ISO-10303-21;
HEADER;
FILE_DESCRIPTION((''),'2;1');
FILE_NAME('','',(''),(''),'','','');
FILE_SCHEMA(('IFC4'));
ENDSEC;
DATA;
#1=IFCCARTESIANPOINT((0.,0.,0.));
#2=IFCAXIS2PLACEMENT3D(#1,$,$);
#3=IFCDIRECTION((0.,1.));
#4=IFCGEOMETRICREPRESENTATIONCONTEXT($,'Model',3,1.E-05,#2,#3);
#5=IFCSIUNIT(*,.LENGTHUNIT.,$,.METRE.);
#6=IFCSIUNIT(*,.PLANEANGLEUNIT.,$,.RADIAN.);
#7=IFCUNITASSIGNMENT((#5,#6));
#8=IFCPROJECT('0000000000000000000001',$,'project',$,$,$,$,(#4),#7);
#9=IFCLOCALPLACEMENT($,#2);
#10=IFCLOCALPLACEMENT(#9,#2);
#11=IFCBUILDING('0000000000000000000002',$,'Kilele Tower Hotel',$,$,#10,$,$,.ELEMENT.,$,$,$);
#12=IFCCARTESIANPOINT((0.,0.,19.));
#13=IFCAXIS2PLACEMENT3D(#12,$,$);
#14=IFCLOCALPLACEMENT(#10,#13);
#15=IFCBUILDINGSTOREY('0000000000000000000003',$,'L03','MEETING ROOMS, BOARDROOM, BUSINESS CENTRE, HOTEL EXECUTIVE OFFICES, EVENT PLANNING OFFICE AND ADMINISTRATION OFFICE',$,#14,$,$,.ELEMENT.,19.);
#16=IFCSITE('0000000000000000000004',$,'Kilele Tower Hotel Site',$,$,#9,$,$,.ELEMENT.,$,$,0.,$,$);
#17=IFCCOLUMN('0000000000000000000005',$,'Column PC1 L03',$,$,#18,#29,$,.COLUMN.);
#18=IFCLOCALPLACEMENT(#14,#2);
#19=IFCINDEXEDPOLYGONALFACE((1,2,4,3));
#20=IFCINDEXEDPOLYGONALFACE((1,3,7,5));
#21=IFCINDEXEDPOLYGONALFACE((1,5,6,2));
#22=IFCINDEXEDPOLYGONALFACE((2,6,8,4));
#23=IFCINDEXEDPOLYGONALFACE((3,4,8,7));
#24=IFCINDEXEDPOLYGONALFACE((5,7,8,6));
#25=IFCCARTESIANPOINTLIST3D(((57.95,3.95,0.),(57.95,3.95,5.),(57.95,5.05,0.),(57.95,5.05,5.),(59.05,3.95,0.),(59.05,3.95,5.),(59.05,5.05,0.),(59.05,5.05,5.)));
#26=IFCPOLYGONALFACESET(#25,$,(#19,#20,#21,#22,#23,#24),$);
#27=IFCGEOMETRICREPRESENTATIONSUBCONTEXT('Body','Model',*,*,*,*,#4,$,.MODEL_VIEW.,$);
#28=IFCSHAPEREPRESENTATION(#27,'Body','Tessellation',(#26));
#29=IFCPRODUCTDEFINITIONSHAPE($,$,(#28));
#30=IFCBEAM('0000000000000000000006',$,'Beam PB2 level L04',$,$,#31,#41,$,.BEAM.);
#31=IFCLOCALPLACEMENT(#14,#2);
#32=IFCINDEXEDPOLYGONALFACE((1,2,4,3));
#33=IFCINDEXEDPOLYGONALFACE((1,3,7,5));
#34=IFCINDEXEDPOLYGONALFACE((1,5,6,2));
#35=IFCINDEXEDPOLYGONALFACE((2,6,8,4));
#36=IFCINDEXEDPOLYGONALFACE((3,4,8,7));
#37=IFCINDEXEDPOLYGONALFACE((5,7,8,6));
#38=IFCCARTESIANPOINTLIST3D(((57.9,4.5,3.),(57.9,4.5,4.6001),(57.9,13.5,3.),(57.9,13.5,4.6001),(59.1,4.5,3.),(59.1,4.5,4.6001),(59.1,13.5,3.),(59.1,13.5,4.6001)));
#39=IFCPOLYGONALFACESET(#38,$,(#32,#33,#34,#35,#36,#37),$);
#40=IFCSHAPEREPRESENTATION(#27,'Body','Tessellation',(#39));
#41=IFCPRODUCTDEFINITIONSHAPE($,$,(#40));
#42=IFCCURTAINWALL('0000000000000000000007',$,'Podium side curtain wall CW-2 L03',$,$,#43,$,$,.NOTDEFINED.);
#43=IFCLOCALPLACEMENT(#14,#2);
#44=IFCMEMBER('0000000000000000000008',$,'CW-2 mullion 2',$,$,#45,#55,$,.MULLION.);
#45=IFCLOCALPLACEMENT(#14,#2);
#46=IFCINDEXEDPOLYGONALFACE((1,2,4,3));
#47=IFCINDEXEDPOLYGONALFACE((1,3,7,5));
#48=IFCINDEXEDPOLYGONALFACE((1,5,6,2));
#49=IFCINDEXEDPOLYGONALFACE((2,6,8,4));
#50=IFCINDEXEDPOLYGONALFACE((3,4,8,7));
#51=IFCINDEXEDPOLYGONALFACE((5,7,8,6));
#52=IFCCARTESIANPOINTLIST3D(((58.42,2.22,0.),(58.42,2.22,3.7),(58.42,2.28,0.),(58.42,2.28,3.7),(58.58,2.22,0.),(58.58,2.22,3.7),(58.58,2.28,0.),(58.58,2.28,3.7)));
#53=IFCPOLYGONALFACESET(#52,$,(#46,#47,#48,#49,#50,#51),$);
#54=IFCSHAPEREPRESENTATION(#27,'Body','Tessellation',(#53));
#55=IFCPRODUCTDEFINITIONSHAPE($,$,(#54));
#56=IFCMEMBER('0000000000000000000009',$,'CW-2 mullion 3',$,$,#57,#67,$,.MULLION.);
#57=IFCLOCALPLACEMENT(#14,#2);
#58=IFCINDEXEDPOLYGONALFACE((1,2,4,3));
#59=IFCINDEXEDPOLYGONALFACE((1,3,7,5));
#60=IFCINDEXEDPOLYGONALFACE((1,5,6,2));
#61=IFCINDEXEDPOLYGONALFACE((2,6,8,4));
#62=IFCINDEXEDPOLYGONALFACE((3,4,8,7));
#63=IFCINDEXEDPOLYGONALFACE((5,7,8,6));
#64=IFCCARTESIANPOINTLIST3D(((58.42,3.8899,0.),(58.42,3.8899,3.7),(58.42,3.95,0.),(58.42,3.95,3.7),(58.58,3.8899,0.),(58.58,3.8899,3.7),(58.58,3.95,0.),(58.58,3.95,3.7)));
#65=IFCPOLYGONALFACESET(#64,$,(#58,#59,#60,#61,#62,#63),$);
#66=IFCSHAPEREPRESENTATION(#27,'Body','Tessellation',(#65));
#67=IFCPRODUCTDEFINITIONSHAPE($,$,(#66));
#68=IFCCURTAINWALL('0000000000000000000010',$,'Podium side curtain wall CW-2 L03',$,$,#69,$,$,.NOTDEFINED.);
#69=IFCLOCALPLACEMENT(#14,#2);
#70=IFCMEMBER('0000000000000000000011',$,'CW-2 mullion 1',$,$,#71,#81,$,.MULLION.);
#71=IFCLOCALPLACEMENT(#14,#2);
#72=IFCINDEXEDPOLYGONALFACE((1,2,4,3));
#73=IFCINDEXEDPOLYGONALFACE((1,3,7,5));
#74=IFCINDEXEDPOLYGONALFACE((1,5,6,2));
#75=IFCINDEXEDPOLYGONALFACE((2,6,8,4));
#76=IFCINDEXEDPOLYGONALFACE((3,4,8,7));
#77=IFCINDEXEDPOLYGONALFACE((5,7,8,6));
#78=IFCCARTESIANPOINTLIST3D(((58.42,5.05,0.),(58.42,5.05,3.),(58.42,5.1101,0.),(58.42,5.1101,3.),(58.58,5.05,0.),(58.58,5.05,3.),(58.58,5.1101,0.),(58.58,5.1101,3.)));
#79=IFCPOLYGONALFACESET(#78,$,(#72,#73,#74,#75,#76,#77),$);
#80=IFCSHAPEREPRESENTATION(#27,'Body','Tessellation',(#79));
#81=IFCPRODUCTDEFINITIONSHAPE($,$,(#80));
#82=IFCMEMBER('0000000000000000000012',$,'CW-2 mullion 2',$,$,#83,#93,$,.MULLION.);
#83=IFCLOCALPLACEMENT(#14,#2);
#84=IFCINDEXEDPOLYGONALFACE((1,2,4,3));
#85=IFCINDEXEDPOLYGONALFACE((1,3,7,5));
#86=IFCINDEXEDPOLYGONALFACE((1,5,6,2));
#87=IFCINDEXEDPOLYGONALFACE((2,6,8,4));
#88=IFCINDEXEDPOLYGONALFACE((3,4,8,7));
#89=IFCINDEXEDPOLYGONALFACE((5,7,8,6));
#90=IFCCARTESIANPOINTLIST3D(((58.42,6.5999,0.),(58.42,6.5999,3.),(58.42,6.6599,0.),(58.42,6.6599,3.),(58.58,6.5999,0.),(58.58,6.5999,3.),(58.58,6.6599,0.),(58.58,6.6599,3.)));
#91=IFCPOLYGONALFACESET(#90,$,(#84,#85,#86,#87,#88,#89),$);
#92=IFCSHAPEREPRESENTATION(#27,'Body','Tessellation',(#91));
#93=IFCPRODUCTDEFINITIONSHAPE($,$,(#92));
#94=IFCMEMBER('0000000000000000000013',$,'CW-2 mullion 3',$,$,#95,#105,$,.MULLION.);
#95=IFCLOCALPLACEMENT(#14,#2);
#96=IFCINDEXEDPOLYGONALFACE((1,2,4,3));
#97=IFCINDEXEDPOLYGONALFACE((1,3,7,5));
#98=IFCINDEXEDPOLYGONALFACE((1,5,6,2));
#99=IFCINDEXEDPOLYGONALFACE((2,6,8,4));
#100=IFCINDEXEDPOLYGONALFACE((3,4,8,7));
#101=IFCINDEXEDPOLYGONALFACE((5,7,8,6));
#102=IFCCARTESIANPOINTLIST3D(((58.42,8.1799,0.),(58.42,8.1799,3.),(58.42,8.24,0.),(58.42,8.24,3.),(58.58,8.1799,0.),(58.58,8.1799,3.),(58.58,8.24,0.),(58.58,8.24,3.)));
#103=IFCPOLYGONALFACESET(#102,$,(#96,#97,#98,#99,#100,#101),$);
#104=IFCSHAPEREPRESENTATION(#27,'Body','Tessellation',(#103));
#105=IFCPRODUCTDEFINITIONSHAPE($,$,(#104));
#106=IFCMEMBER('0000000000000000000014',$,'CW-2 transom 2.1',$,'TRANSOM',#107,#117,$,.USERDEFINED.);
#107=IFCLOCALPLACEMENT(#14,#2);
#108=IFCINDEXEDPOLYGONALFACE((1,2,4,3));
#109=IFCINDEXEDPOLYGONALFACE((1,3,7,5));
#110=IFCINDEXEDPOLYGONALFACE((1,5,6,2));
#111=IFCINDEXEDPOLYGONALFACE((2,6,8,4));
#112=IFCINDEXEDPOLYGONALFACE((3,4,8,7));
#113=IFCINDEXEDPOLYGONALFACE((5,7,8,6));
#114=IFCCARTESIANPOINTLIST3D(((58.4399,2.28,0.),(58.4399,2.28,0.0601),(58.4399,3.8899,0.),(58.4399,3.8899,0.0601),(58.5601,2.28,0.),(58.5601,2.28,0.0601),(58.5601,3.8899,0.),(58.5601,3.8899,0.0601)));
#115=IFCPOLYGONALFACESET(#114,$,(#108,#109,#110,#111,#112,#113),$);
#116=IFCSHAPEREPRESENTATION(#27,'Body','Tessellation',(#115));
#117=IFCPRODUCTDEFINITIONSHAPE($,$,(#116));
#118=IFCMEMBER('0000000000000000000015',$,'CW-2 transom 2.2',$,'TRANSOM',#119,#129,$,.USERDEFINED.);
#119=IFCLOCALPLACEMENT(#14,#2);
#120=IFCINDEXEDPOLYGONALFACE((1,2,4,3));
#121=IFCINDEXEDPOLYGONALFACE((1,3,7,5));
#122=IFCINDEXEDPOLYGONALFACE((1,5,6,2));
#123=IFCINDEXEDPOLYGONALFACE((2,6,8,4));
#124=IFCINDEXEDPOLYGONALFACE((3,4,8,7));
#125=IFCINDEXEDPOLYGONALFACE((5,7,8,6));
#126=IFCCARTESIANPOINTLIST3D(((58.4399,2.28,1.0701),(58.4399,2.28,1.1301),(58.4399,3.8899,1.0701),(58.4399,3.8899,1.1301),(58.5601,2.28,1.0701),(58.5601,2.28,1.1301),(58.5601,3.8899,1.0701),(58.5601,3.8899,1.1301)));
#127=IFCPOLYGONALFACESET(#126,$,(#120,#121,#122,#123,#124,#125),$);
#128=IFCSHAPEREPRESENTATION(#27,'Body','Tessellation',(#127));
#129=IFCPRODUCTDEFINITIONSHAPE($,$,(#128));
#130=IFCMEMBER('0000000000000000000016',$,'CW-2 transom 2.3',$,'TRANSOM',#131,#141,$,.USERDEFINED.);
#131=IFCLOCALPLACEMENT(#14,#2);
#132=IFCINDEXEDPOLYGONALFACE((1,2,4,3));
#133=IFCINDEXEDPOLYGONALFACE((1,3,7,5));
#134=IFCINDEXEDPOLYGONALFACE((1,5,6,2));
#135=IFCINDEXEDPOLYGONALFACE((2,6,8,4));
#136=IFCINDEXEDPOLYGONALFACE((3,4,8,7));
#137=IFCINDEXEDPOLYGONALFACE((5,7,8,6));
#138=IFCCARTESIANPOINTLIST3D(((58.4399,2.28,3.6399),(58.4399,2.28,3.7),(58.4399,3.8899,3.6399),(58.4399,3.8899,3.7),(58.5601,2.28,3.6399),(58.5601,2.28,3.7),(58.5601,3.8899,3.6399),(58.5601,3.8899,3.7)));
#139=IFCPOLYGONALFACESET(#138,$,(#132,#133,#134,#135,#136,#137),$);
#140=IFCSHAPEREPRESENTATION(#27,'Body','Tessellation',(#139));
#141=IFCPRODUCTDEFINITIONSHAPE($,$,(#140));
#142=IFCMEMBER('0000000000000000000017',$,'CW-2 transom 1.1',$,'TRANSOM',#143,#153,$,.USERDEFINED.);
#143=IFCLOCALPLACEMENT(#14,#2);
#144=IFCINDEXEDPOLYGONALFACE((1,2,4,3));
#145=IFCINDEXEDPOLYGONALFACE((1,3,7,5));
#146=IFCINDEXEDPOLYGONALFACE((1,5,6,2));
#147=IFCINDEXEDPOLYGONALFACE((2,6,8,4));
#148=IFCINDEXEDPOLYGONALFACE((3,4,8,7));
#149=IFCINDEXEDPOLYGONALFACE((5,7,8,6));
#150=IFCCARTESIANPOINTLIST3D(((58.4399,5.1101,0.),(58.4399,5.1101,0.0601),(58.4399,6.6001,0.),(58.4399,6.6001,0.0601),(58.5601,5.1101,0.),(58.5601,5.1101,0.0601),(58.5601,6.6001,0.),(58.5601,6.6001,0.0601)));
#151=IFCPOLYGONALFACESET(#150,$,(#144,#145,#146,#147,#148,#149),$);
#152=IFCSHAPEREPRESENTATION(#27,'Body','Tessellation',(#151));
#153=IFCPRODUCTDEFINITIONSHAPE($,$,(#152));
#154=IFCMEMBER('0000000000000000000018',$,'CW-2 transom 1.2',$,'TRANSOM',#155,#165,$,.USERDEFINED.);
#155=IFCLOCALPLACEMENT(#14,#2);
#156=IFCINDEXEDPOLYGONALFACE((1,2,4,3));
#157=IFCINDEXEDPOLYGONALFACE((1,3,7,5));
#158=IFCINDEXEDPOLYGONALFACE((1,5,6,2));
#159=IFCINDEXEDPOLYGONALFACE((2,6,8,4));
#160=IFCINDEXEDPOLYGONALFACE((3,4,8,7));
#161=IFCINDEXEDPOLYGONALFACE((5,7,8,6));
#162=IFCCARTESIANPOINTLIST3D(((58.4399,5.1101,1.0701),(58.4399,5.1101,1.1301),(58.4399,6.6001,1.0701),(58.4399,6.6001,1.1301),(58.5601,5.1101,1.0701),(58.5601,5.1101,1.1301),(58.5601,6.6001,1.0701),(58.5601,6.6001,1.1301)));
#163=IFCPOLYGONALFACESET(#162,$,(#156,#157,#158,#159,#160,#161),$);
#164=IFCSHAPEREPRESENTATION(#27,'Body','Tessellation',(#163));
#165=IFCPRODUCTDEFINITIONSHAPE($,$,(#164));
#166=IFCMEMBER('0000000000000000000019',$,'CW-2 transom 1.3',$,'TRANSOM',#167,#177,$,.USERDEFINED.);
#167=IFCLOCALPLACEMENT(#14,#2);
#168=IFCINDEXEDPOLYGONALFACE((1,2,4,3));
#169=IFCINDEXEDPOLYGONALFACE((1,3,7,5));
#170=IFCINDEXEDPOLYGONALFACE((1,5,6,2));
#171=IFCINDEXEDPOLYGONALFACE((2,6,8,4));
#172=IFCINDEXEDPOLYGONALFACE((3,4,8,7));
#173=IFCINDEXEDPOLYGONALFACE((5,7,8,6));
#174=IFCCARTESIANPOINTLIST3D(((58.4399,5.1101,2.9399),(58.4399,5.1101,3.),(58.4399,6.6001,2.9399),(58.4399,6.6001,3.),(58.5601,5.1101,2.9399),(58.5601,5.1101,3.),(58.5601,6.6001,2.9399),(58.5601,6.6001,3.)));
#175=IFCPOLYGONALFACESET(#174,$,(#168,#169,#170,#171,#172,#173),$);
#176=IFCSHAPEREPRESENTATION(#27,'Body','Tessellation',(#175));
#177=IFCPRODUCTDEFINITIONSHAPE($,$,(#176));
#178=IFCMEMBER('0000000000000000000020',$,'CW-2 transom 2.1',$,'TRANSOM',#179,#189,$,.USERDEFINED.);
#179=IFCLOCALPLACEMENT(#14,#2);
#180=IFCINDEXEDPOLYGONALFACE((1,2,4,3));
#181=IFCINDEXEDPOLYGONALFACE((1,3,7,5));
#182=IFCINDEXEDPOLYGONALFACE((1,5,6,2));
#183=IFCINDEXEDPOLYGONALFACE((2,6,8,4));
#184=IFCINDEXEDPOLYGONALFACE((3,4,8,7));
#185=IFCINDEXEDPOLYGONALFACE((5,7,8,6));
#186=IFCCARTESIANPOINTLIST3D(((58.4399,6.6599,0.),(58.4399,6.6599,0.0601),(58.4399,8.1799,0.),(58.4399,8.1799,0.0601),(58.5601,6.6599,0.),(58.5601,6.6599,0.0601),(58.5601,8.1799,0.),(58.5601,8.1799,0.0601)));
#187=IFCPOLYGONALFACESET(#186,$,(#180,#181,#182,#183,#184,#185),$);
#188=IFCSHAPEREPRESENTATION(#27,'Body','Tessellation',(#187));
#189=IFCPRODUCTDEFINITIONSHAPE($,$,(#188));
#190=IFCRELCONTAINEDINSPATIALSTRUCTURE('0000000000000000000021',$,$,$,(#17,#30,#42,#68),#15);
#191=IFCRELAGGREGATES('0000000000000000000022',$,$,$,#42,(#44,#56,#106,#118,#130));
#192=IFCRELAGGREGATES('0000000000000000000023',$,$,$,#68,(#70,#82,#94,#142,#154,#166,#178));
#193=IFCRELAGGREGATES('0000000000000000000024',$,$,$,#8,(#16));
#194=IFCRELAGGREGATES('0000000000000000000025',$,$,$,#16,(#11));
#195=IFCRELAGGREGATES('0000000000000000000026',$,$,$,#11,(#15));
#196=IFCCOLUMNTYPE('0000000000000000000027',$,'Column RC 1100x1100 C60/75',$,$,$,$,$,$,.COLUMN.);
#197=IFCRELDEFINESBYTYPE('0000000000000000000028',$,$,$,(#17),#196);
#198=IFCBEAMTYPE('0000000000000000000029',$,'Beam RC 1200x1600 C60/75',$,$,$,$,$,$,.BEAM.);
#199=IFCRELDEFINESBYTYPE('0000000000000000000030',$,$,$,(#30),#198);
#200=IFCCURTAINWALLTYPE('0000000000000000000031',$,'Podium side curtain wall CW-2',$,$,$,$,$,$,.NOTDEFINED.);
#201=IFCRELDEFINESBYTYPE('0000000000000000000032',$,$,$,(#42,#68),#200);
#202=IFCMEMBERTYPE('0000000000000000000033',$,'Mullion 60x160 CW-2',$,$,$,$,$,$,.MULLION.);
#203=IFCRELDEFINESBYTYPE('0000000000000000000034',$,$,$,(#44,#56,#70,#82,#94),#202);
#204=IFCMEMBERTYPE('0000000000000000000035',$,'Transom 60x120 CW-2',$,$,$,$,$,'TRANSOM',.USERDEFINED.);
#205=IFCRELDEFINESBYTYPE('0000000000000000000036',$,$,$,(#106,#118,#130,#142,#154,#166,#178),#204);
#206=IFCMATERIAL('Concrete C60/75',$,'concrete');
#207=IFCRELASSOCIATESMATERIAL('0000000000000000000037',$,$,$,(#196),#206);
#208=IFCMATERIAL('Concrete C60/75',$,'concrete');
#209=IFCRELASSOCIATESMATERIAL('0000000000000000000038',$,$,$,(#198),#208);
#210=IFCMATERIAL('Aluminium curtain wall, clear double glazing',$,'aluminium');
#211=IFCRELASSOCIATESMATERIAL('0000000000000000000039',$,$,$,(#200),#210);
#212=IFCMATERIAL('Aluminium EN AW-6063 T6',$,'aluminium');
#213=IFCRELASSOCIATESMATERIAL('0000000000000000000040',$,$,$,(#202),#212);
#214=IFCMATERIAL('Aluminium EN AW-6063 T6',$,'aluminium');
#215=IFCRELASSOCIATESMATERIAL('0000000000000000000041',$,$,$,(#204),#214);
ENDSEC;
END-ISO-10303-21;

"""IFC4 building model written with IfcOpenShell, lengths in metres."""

from ifc_helpers import new_model, si_unit, direction, frame, origin, origin_2d, place, context, subcontext, project, spatial, rectangle, extrude, material, material_profile, profile_set, type_object, element, aggregate, save


model = new_model("IFC4")

# Units and contexts
model_context = context("Model", 3, precision=1e-05, world=origin(), true_north=direction((0.0, 1.0)))
body_context = subcontext(model_context, "Body", "Model", "MODEL_VIEW")
ifc_project = project(units=[si_unit("LENGTHUNIT", "METRE"), si_unit("PLANEANGLEUNIT", "RADIAN")], contexts=[model_context])

# Site, building, storey
site_placement = place(None, origin())
site = spatial("IfcSite", under=ifc_project, at=site_placement, Name="Kilele Tower Hotel Site", CompositionType="ELEMENT", RefElevation=0.0)
building_placement = place(site_placement, origin())
building = spatial("IfcBuilding", under=site, at=building_placement, Name="Kilele Tower Hotel", CompositionType="ELEMENT")
storey_placement = place(building_placement, frame((0.0, 0.0, 19.0)))
storey = spatial("IfcBuildingStorey", under=building, at=storey_placement, Name="L03", Description="MEETING ROOMS, BOARDROOM, BUSINESS CENTRE, HOTEL EXECUTIVE OFFICES, EVENT PLANNING OFFICE AND ADMINISTRATION OFFICE", CompositionType="ELEMENT", Elevation=19.0)

# Column
ifc_material_1 = material(Name="Concrete C60/75", Category="concrete")
ifc_material_profile_1 = material_profile(ifc_material_1, rectangle(XDim=1.1001, YDim=1.1001, at=origin_2d()))
ifc_profile_set_1 = profile_set([ifc_material_profile_1], Name="Concrete C60/75")
column_type = type_object("IfcColumnType", Name="Column RC 1100x1100 C60/75", PredefinedType="COLUMN", material=ifc_profile_set_1)
column_placement = place(storey_placement, frame((58.5, 4.5, 0.0), z_axis=(0.0, 0.0, 1.0), x_axis=(1.0, 0.0, 0.0)))
element("IfcColumn", 1, at=column_placement, inside=storey, type_object=column_type, Name="Column PC1 L03", PredefinedType="COLUMN", context=body_context, shape_type="SweptSolid", body=[
    extrude(rectangle(XDim=1.1001, YDim=1.1001, at=origin_2d()), origin(), (0.0, 0.0, 1.0), 5.0),
])

# Beam
ifc_material_2 = material(Name="Concrete C60/75", Category="concrete")
ifc_material_profile_2 = material_profile(ifc_material_2, rectangle(XDim=1.2, YDim=1.6001, at=origin_2d()))
ifc_profile_set_2 = profile_set([ifc_material_profile_2], Name="Concrete C60/75")
beam_type = type_object("IfcBeamType", Name="Beam RC 1200x1600 C60/75", PredefinedType="BEAM", material=ifc_profile_set_2)
beam_placement = place(storey_placement, frame((58.5, 4.5, 3.8), z_axis=(0.0, 1.0, 0.0), x_axis=(-1.0, 0.0, 0.0)))
element("IfcBeam", 2, at=beam_placement, inside=storey, type_object=beam_type, Name="Beam PB2 level L04", PredefinedType="BEAM", context=body_context, shape_type="SweptSolid", body=[
    extrude(rectangle(XDim=1.2, YDim=1.6001, at=origin_2d()), origin(), (0.0, 0.0, 1.0), 9.0),
])

# Curtain walls, members
ifc_material_3 = material(Name="Aluminium curtain wall, clear double glazing", Category="aluminium")
curtain_wall_type = type_object("IfcCurtainWallType", Name="Podium side curtain wall CW-2", PredefinedType="NOTDEFINED", material=ifc_material_3)
curtain_wall_1_placement = place(storey_placement, origin())
curtain_wall_1 = element("IfcCurtainWall", 3, at=curtain_wall_1_placement, inside=storey, type_object=curtain_wall_type, Name="Podium side curtain wall CW-2 L03", PredefinedType="NOTDEFINED")
ifc_material_4 = material(Name="Aluminium EN AW-6063 T6", Category="aluminium")
ifc_material_profile_3 = material_profile(ifc_material_4, rectangle(XDim=0.1599, YDim=0.0601, at=origin_2d()))
ifc_profile_set_3 = profile_set([ifc_material_profile_3], Name="Aluminium EN AW-6063 T6")
member_type_1 = type_object("IfcMemberType", Name="Mullion 60x160 CW-2", PredefinedType="MULLION", material=ifc_profile_set_3)
member_1_placement = place(storey_placement, frame((58.5, 2.25, 0.0), z_axis=(0.0, 0.0, 1.0), x_axis=(-1.0, 0.0, 0.0)))
member_1 = element("IfcMember", 4, at=member_1_placement, type_object=member_type_1, Name="CW-2 mullion 2", PredefinedType="MULLION", context=body_context, shape_type="SweptSolid", body=[
    extrude(rectangle(XDim=0.1599, YDim=0.0601, at=origin_2d()), origin(), (0.0, 0.0, 1.0), 3.7),
])
member_2_placement = place(storey_placement, frame((58.5, 3.9199, 0.0), z_axis=(0.0, 0.0, 1.0), x_axis=(-1.0, 0.0, 0.0)))
member_2 = element("IfcMember", 5, at=member_2_placement, type_object=member_type_1, Name="CW-2 mullion 3", PredefinedType="MULLION", context=body_context, shape_type="SweptSolid", body=[
    extrude(rectangle(XDim=0.1599, YDim=0.0601, at=origin_2d()), origin(), (0.0, 0.0, 1.0), 3.7),
])
curtain_wall_2_placement = place(storey_placement, origin())
curtain_wall_2 = element("IfcCurtainWall", 6, at=curtain_wall_2_placement, inside=storey, type_object=curtain_wall_type, Name="Podium side curtain wall CW-2 L03", PredefinedType="NOTDEFINED")
member_3_placement = place(storey_placement, frame((58.5, 5.0801, 0.0), z_axis=(0.0, 0.0, 1.0), x_axis=(-1.0, 0.0, 0.0)))
member_3 = element("IfcMember", 7, at=member_3_placement, type_object=member_type_1, Name="CW-2 mullion 1", PredefinedType="MULLION", context=body_context, shape_type="SweptSolid", body=[
    extrude(rectangle(XDim=0.1599, YDim=0.0601, at=origin_2d()), origin(), (0.0, 0.0, 1.0), 3.0),
])
member_4_placement = place(storey_placement, frame((58.5, 6.6299, 0.0), z_axis=(0.0, 0.0, 1.0), x_axis=(-1.0, 0.0, 0.0)))
member_4 = element("IfcMember", 8, at=member_4_placement, type_object=member_type_1, Name="CW-2 mullion 2", PredefinedType="MULLION", context=body_context, shape_type="SweptSolid", body=[
    extrude(rectangle(XDim=0.1599, YDim=0.0601, at=origin_2d()), origin(), (0.0, 0.0, 1.0), 3.0),
])
member_5_placement = place(storey_placement, frame((58.5, 8.21, 0.0), z_axis=(0.0, 0.0, 1.0), x_axis=(-1.0, 0.0, 0.0)))
member_5 = element("IfcMember", 9, at=member_5_placement, type_object=member_type_1, Name="CW-2 mullion 3", PredefinedType="MULLION", context=body_context, shape_type="SweptSolid", body=[
    extrude(rectangle(XDim=0.1599, YDim=0.0601, at=origin_2d()), origin(), (0.0, 0.0, 1.0), 3.0),
])

# Members
ifc_material_5 = material(Name="Aluminium EN AW-6063 T6", Category="aluminium")
ifc_material_profile_4 = material_profile(ifc_material_5, rectangle(XDim=0.1201, YDim=0.0601, at=origin_2d()))
ifc_profile_set_4 = profile_set([ifc_material_profile_4], Name="Aluminium EN AW-6063 T6")
member_type_2 = type_object("IfcMemberType", Name="Transom 60x120 CW-2", ElementType="TRANSOM", PredefinedType="USERDEFINED", material=ifc_profile_set_4)
member_6_placement = place(storey_placement, frame((58.5, 2.28, 0.03), z_axis=(0.0, 1.0, 0.0), x_axis=(-1.0, 0.0, 0.0)))
member_6 = element("IfcMember", 10, at=member_6_placement, type_object=member_type_2, Name="CW-2 transom 2.1", ObjectType="TRANSOM", PredefinedType="USERDEFINED", context=body_context, shape_type="SweptSolid", body=[
    extrude(rectangle(XDim=0.1201, YDim=0.0601, at=origin_2d()), origin(), (0.0, 0.0, 1.0), 1.6099),
])
member_7_placement = place(storey_placement, frame((58.5, 2.28, 1.1001), z_axis=(0.0, 1.0, 0.0), x_axis=(-1.0, 0.0, 0.0)))
member_7 = element("IfcMember", 11, at=member_7_placement, type_object=member_type_2, Name="CW-2 transom 2.2", ObjectType="TRANSOM", PredefinedType="USERDEFINED", context=body_context, shape_type="SweptSolid", body=[
    extrude(rectangle(XDim=0.1201, YDim=0.0601, at=origin_2d()), origin(), (0.0, 0.0, 1.0), 1.6099),
])
member_8_placement = place(storey_placement, frame((58.5, 2.28, 3.6699), z_axis=(0.0, 1.0, 0.0), x_axis=(-1.0, 0.0, 0.0)))
member_8 = element("IfcMember", 12, at=member_8_placement, type_object=member_type_2, Name="CW-2 transom 2.3", ObjectType="TRANSOM", PredefinedType="USERDEFINED", context=body_context, shape_type="SweptSolid", body=[
    extrude(rectangle(XDim=0.1201, YDim=0.0601, at=origin_2d()), origin(), (0.0, 0.0, 1.0), 1.6099),
])
member_9_placement = place(storey_placement, frame((58.5, 5.1101, 0.03), z_axis=(0.0, 1.0, 0.0), x_axis=(-1.0, 0.0, 0.0)))
member_9 = element("IfcMember", 13, at=member_9_placement, type_object=member_type_2, Name="CW-2 transom 1.1", ObjectType="TRANSOM", PredefinedType="USERDEFINED", context=body_context, shape_type="SweptSolid", body=[
    extrude(rectangle(XDim=0.1201, YDim=0.0601, at=origin_2d()), origin(), (0.0, 0.0, 1.0), 1.49),
])
member_10_placement = place(storey_placement, frame((58.5, 5.1101, 1.1001), z_axis=(0.0, 1.0, 0.0), x_axis=(-1.0, 0.0, 0.0)))
member_10 = element("IfcMember", 14, at=member_10_placement, type_object=member_type_2, Name="CW-2 transom 1.2", ObjectType="TRANSOM", PredefinedType="USERDEFINED", context=body_context, shape_type="SweptSolid", body=[
    extrude(rectangle(XDim=0.1201, YDim=0.0601, at=origin_2d()), origin(), (0.0, 0.0, 1.0), 1.49),
])
member_11_placement = place(storey_placement, frame((58.5, 5.1101, 2.97), z_axis=(0.0, 1.0, 0.0), x_axis=(-1.0, 0.0, 0.0)))
member_11 = element("IfcMember", 15, at=member_11_placement, type_object=member_type_2, Name="CW-2 transom 1.3", ObjectType="TRANSOM", PredefinedType="USERDEFINED", context=body_context, shape_type="SweptSolid", body=[
    extrude(rectangle(XDim=0.1201, YDim=0.0601, at=origin_2d()), origin(), (0.0, 0.0, 1.0), 1.49),
])
member_12_placement = place(storey_placement, frame((58.5, 6.6599, 0.03), z_axis=(0.0, 1.0, 0.0), x_axis=(-1.0, 0.0, 0.0)))
member_12 = element("IfcMember", 16, at=member_12_placement, type_object=member_type_2, Name="CW-2 transom 2.1", ObjectType="TRANSOM", PredefinedType="USERDEFINED", context=body_context, shape_type="SweptSolid", body=[
    extrude(rectangle(XDim=0.1201, YDim=0.0601, at=origin_2d()), origin(), (0.0, 0.0, 1.0), 1.52),
])

aggregate(curtain_wall_1, [member_1, member_2, member_6, member_7, member_8])
aggregate(curtain_wall_2, [member_3, member_4, member_5, member_9, member_10, member_11, member_12])

save(model, "model.ifc")
